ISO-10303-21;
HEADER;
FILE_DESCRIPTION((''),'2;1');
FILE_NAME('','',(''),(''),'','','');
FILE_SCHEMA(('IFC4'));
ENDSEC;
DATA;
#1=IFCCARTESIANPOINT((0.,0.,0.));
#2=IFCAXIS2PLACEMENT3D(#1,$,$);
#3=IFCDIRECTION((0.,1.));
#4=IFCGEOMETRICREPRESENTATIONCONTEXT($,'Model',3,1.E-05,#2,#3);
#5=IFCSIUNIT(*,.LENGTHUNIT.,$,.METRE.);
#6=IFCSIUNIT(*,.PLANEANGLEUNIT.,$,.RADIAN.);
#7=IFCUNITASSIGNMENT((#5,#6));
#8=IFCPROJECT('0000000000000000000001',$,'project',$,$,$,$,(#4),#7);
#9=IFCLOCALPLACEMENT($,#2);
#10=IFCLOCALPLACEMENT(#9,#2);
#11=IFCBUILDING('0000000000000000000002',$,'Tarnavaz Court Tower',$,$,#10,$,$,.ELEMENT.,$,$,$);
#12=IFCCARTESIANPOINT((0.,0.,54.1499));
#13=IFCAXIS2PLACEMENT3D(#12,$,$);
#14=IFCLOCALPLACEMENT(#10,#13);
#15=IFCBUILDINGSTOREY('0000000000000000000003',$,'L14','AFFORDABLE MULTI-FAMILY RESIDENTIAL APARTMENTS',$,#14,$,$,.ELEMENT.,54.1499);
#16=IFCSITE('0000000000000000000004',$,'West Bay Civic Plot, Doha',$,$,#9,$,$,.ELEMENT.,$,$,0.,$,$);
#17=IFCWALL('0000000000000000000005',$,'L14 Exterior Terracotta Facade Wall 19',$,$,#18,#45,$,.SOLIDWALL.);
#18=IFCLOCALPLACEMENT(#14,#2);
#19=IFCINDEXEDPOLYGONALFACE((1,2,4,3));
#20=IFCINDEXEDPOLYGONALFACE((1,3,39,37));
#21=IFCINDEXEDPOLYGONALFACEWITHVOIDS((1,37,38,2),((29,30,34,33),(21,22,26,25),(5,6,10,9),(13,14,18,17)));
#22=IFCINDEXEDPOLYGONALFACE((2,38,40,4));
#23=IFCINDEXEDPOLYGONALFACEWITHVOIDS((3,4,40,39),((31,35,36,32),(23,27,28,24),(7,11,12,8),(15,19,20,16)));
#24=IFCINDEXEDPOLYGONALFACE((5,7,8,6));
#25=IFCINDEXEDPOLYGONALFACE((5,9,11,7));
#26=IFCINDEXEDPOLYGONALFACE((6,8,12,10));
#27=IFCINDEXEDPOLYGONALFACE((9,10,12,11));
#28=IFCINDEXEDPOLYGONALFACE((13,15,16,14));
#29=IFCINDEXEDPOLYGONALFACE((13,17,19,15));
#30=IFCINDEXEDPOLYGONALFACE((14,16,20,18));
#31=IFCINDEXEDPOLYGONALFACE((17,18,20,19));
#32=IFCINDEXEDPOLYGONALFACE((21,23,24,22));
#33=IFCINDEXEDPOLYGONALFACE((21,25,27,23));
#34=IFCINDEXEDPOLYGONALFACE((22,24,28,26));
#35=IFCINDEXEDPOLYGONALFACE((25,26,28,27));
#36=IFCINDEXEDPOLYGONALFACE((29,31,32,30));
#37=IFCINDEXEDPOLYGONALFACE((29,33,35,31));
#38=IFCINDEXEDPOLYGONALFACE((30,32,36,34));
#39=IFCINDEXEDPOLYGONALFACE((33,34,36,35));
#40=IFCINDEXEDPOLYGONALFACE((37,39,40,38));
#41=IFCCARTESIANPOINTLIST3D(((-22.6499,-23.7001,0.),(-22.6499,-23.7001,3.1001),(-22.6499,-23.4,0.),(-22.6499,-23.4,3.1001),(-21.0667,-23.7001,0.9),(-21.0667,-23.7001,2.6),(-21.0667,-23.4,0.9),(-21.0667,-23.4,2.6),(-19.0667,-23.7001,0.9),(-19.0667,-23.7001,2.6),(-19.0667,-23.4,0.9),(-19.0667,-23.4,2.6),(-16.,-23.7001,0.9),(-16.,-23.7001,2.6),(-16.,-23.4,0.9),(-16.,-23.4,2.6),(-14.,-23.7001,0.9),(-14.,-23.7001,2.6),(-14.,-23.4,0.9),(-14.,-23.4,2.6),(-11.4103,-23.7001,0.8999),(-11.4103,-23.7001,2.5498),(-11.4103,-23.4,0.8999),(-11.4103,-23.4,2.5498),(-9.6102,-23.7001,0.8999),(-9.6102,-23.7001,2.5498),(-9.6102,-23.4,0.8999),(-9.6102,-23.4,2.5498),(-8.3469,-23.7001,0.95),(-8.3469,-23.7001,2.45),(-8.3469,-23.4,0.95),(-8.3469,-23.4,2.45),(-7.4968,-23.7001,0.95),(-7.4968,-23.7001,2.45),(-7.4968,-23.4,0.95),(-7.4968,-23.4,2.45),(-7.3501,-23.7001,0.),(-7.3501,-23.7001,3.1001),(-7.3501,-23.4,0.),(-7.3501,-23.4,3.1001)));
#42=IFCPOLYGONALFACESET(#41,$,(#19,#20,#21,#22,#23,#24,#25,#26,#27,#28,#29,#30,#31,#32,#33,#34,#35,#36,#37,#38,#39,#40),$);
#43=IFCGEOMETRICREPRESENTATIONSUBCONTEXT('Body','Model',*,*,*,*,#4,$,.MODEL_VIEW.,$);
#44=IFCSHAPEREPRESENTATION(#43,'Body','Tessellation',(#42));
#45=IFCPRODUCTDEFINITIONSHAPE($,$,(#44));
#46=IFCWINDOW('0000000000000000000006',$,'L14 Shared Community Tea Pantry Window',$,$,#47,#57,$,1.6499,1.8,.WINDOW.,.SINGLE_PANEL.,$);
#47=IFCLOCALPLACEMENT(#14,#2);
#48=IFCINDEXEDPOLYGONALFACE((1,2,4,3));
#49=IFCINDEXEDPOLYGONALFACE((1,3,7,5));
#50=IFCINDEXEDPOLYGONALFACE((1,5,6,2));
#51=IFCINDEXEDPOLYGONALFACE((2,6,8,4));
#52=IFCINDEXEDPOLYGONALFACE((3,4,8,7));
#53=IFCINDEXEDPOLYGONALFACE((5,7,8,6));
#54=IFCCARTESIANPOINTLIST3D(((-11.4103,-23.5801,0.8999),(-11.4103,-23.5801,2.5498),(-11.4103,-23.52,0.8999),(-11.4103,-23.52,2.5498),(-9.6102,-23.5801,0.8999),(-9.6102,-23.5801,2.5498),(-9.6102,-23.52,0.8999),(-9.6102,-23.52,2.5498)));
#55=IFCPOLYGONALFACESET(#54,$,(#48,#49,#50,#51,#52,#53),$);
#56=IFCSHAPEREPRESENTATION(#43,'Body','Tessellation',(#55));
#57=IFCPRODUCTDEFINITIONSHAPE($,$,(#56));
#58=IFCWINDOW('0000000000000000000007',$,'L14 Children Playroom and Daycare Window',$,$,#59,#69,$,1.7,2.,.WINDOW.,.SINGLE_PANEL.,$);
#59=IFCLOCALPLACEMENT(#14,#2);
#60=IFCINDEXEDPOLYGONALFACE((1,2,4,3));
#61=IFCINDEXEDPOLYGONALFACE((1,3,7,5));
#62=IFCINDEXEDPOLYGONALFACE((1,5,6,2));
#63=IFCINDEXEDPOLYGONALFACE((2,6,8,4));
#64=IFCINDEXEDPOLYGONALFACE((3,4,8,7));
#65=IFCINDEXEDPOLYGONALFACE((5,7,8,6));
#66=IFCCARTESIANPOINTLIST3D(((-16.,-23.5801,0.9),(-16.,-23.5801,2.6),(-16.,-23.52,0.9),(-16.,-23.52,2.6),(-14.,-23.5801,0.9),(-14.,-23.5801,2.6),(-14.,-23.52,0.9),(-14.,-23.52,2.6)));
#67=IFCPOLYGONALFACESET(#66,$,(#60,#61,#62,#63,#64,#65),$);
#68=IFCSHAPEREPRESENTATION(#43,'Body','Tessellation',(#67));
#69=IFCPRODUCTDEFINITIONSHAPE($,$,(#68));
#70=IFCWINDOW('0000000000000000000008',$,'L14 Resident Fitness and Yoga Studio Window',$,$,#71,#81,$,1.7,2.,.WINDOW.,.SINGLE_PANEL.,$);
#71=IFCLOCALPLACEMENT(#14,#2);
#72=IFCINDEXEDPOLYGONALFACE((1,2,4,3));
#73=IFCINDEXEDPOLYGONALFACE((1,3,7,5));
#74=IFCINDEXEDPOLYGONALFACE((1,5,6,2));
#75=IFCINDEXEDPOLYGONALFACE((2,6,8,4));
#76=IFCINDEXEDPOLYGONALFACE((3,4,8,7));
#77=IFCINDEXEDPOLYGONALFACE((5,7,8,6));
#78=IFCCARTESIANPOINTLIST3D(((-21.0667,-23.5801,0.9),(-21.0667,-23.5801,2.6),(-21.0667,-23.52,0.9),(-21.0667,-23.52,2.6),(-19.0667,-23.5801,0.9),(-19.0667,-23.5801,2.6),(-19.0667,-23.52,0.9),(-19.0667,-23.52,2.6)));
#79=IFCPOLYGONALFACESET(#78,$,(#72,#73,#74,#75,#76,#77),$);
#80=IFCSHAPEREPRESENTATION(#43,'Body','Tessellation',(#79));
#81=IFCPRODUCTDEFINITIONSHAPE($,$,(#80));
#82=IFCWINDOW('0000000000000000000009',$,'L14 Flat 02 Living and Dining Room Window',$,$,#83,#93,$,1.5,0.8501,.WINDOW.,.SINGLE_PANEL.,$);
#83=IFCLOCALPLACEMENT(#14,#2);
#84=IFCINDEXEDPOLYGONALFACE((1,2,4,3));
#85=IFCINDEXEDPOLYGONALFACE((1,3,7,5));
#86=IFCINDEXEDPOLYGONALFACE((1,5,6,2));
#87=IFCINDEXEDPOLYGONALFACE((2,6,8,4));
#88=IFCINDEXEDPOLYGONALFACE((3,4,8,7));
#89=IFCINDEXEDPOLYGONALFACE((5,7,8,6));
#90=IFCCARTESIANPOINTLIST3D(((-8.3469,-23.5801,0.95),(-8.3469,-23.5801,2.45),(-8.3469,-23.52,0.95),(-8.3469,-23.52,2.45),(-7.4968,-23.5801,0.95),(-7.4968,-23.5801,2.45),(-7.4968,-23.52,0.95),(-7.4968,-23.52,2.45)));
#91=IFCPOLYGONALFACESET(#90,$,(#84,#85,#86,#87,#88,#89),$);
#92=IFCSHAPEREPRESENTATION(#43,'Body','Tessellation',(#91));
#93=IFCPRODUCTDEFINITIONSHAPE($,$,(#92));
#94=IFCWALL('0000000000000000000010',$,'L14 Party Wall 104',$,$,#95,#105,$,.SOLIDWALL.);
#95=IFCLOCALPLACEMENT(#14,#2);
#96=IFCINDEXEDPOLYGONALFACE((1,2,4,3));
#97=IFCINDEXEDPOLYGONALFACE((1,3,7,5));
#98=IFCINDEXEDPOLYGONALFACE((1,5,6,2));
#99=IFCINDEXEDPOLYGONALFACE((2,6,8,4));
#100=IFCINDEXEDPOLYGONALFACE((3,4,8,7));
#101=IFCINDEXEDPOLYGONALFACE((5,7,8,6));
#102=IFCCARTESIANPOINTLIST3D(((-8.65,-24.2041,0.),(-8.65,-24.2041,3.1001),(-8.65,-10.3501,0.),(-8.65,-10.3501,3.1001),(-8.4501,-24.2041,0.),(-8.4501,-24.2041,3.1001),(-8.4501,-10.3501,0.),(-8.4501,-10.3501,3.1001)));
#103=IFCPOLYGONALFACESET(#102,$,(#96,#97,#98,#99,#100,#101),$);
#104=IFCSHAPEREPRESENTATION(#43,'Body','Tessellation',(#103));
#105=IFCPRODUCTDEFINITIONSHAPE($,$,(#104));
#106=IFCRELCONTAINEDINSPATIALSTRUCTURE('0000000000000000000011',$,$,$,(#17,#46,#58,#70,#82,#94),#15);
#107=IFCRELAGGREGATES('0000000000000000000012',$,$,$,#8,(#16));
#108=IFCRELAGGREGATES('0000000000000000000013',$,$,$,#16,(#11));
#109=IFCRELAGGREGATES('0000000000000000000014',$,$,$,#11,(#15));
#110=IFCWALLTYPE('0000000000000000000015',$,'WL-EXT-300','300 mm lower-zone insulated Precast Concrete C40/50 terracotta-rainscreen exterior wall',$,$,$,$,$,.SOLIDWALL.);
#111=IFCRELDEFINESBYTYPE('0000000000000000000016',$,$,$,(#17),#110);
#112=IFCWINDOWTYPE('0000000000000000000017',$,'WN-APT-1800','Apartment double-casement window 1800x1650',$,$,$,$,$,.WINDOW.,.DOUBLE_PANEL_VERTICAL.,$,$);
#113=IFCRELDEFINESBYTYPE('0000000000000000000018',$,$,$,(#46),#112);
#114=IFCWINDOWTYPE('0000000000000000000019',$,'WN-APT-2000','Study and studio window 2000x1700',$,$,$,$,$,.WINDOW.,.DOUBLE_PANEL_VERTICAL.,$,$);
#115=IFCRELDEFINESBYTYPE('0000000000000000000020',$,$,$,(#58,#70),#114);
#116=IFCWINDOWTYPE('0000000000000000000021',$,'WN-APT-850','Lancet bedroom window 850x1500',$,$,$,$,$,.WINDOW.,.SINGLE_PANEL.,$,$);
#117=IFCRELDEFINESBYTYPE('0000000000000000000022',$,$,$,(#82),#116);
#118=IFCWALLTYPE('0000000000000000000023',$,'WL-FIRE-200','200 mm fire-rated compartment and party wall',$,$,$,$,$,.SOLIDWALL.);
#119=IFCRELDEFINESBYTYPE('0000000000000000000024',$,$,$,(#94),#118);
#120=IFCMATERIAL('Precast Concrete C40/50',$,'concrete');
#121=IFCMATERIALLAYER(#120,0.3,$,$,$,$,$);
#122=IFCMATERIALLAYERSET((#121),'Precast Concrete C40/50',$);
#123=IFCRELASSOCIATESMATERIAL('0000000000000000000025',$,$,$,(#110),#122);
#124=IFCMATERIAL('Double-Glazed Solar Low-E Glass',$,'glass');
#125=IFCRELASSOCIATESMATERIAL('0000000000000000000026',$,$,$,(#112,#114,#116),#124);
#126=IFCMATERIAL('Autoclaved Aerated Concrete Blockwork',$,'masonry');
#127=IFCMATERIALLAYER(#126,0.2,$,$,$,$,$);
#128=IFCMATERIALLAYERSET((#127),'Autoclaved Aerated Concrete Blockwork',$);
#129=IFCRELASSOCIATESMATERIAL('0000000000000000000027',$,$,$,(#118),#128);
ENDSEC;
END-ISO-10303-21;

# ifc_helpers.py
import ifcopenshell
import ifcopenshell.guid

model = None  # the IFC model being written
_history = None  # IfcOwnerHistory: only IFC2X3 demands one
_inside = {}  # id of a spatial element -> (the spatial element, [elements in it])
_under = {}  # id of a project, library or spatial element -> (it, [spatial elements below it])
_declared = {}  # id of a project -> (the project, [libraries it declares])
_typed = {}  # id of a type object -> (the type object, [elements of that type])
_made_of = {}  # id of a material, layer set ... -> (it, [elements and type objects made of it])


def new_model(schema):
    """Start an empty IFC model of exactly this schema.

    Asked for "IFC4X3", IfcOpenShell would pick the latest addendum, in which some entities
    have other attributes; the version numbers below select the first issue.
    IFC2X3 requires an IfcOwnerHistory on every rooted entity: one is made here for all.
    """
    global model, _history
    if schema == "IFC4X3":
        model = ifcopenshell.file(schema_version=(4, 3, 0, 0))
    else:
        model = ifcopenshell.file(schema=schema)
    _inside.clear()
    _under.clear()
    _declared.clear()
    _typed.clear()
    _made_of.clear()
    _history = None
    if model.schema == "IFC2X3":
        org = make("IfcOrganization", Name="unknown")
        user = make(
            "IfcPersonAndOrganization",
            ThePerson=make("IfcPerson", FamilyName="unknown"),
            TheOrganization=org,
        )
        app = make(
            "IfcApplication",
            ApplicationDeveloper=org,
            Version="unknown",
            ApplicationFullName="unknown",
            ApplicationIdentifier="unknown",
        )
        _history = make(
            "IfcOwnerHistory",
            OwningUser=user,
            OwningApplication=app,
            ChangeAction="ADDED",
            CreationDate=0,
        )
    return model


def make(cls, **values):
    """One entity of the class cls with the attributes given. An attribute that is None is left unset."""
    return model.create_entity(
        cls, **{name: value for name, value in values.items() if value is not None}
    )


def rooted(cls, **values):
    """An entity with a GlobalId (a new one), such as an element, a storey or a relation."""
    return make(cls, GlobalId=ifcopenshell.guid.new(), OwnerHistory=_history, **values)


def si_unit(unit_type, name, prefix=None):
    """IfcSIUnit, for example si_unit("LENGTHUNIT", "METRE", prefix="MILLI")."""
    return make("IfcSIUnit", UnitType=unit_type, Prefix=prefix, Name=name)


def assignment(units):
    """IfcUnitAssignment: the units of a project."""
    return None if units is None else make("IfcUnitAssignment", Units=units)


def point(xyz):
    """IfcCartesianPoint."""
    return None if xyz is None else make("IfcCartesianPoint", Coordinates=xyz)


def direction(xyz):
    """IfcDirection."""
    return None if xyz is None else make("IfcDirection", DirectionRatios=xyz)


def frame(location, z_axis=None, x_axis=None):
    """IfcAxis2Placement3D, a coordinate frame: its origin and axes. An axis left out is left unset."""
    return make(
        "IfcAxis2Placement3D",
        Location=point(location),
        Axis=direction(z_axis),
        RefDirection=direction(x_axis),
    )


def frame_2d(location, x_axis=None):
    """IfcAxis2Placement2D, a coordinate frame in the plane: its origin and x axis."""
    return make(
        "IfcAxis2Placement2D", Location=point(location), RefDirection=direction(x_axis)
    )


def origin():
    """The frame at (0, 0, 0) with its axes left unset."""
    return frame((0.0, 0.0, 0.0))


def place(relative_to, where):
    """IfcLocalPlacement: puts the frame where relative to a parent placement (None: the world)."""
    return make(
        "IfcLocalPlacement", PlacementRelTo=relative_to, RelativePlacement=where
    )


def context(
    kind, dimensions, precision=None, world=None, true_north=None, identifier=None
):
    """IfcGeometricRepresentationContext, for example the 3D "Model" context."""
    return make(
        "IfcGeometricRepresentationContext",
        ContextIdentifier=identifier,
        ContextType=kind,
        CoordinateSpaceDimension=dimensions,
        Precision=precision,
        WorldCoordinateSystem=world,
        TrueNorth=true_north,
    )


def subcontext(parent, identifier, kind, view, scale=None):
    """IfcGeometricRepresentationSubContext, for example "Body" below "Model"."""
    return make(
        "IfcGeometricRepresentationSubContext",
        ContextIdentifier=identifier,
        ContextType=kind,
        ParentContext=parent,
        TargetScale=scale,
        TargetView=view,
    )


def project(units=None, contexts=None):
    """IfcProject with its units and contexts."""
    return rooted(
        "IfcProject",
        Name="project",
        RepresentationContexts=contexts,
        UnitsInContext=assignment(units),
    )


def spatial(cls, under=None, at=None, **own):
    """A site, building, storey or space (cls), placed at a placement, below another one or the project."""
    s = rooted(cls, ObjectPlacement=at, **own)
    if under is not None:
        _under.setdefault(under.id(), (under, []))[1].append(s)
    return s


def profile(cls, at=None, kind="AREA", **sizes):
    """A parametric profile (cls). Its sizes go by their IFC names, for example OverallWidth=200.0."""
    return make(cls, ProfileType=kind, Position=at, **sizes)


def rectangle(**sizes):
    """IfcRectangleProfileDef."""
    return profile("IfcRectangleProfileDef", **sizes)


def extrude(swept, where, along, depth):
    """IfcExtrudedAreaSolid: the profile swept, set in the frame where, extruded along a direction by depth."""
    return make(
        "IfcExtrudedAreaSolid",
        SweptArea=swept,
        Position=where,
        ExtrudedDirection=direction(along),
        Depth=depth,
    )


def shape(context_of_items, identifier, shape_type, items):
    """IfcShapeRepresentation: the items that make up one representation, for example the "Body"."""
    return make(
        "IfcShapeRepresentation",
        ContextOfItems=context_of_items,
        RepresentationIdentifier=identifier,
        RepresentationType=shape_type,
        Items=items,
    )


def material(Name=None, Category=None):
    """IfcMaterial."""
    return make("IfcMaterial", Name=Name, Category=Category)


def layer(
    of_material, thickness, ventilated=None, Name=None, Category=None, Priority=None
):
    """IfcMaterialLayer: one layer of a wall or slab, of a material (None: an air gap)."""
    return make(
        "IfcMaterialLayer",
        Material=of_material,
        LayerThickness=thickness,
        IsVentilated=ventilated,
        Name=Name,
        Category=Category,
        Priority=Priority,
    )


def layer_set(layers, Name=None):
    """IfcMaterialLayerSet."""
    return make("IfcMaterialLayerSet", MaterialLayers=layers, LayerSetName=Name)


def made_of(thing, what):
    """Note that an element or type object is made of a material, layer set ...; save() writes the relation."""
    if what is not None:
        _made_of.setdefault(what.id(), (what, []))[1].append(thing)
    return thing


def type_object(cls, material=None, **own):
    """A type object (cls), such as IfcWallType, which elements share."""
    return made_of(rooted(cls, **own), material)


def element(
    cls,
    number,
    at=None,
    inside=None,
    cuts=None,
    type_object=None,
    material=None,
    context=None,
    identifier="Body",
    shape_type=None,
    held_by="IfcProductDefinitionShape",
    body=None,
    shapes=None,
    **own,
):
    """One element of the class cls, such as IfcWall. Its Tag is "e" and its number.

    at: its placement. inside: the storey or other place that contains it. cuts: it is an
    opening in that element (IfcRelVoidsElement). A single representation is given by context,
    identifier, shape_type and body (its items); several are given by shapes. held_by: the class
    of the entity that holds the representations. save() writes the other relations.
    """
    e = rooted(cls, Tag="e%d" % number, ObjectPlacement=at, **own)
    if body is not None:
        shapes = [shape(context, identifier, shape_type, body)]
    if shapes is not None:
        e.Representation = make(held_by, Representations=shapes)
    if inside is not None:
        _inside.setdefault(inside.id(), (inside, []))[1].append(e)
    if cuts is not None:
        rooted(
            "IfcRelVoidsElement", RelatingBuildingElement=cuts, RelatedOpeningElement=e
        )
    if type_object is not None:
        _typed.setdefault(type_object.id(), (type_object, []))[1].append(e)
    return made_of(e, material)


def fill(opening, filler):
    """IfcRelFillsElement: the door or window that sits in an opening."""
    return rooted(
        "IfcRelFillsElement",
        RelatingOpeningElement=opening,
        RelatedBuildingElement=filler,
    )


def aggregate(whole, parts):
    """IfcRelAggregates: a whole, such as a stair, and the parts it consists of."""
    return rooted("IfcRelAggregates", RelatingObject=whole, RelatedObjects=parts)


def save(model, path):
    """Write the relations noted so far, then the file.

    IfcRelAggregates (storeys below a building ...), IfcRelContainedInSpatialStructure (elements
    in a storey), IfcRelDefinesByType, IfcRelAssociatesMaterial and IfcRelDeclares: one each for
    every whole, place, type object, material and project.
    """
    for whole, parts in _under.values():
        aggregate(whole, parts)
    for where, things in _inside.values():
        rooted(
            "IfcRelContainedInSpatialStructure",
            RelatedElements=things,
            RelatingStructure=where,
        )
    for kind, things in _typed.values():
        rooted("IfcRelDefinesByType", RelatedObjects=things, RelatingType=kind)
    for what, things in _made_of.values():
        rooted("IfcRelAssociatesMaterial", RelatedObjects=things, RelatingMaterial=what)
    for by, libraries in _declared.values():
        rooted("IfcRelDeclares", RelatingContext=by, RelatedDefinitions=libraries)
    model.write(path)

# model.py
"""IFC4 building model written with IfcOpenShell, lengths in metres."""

from ifc_helpers import new_model, si_unit, direction, frame, frame_2d, origin, place, context, subcontext, project, spatial, rectangle, extrude, material, layer, layer_set, type_object, element, fill, save


model = new_model("IFC4")

# Units and contexts
model_context = context("Model", 3, precision=1e-05, world=origin(), true_north=direction((0.0, 1.0)))
body_context = subcontext(model_context, "Body", "Model", "MODEL_VIEW")
ifc_project = project(units=[si_unit("LENGTHUNIT", "METRE"), si_unit("PLANEANGLEUNIT", "RADIAN")], contexts=[model_context])

# Site, building, storey
site_placement = place(None, origin())
site = spatial("IfcSite", under=ifc_project, at=site_placement, Name="West Bay Civic Plot, Doha", CompositionType="ELEMENT", RefElevation=0.0)
building_placement = place(site_placement, origin())
building = spatial("IfcBuilding", under=site, at=building_placement, Name="Tarnavaz Court Tower", CompositionType="ELEMENT")
storey_placement = place(building_placement, frame((0.0, 0.0, 54.1499)))
storey = spatial("IfcBuildingStorey", under=building, at=storey_placement, Name="L14", Description="AFFORDABLE MULTI-FAMILY RESIDENTIAL APARTMENTS", CompositionType="ELEMENT", Elevation=54.1499)

# Shared definitions
ifc_material_1 = material(Name="Double-Glazed Solar Low-E Glass", Category="glass")

# Shared definitions
ifc_material_2 = material(Name="Precast Concrete C40/50", Category="concrete")
ifc_layer_1 = layer(ifc_material_2, 0.3)
ifc_layer_set_1 = layer_set([ifc_layer_1], Name="Precast Concrete C40/50")
wall_type_1 = type_object("IfcWallType", Name="WL-EXT-300", Description="300 mm lower-zone insulated Precast Concrete C40/50 terracotta-rainscreen exterior wall", PredefinedType="SOLIDWALL", material=ifc_layer_set_1)

# Wall, openings, windows
wall_1_placement = place(storey_placement, frame((-7.3501, -23.55, 0.0), z_axis=(0.0, 0.0, 1.0), x_axis=(-1.0, 0.0, 0.0)))
wall_1 = element("IfcWall", 1, at=wall_1_placement, inside=storey, type_object=wall_type_1, Name="L14 Exterior Terracotta Facade Wall 19", PredefinedType="SOLIDWALL", context=body_context, shape_type="SweptSolid", body=[
    extrude(rectangle(XDim=15.2998, YDim=0.3, at=frame_2d((7.6499, 0.0))), origin(), (0.0, 0.0, 1.0), 3.1001),
])
opening_1_placement = place(wall_1_placement, frame((0.1467, 0.0, 0.95)))
opening_1 = element("IfcOpeningElement", 2, at=opening_1_placement, cuts=wall_1, PredefinedType="OPENING", context=body_context, shape_type="SweptSolid", body=[
    extrude(rectangle(XDim=0.8501, YDim=1.5, at=frame_2d((0.425, 0.75))), frame((0.0, 0.1599, 0.0), z_axis=(0.0, -1.0, 0.0), x_axis=(1.0, 0.0, 0.0)), (0.0, 0.0, 1.0), 0.3201),
])
opening_2_placement = place(wall_1_placement, frame((2.2603, 0.0, 0.8999)))
opening_2 = element("IfcOpeningElement", 3, at=opening_2_placement, cuts=wall_1, PredefinedType="OPENING", context=body_context, shape_type="SweptSolid", body=[
    extrude(rectangle(XDim=1.8, YDim=1.6499, at=frame_2d((0.8999, 0.825))), frame((0.0, 0.1599, 0.0), z_axis=(0.0, -1.0, 0.0), x_axis=(1.0, 0.0, 0.0)), (0.0, 0.0, 1.0), 0.3201),
])
opening_3_placement = place(wall_1_placement, frame((6.6499, 0.0, 0.8999)))
opening_3 = element("IfcOpeningElement", 4, at=opening_3_placement, cuts=wall_1, PredefinedType="OPENING", context=body_context, shape_type="SweptSolid", body=[
    extrude(rectangle(XDim=2.0, YDim=1.7, at=frame_2d((1.0, 0.8501))), frame((0.0, 0.1599, 0.0), z_axis=(0.0, -1.0, 0.0), x_axis=(1.0, 0.0, 0.0)), (0.0, 0.0, 1.0), 0.3201),
])
opening_4_placement = place(wall_1_placement, frame((11.7166, 0.0, 0.8999)))
opening_4 = element("IfcOpeningElement", 5, at=opening_4_placement, cuts=wall_1, PredefinedType="OPENING", context=body_context, shape_type="SweptSolid", body=[
    extrude(rectangle(XDim=2.0, YDim=1.7, at=frame_2d((1.0, 0.8501))), frame((0.0, 0.1599, 0.0), z_axis=(0.0, -1.0, 0.0), x_axis=(1.0, 0.0, 0.0)), (0.0, 0.0, 1.0), 0.3201),
])
window_type_1 = type_object("IfcWindowType", Name="WN-APT-1800", Description="Apartment double-casement window 1800x1650", PartitioningType="DOUBLE_PANEL_VERTICAL", PredefinedType="WINDOW", material=ifc_material_1)
window_1_placement = place(opening_2_placement, origin())
window_1 = element("IfcWindow", 6, at=window_1_placement, inside=storey, type_object=window_type_1, Name="L14 Shared Community Tea Pantry Window", OverallHeight=1.6499, OverallWidth=1.8, PartitioningType="SINGLE_PANEL", PredefinedType="WINDOW", context=body_context, shape_type="SweptSolid", body=[
    extrude(rectangle(XDim=1.8, YDim=1.6499, at=frame_2d((0.8999, 0.825))), frame((0.0, 0.03, 0.0), z_axis=(0.0, -1.0, 0.0), x_axis=(1.0, 0.0, 0.0)), (0.0, 0.0, 1.0), 0.0601),
])
fill(opening_2, window_1)
window_type_2 = type_object("IfcWindowType", Name="WN-APT-2000", Description="Study and studio window 2000x1700", PartitioningType="DOUBLE_PANEL_VERTICAL", PredefinedType="WINDOW", material=ifc_material_1)
window_2_placement = place(opening_3_placement, origin())
window_2 = element("IfcWindow", 7, at=window_2_placement, inside=storey, type_object=window_type_2, Name="L14 Children Playroom and Daycare Window", OverallHeight=1.7, OverallWidth=2.0, PartitioningType="SINGLE_PANEL", PredefinedType="WINDOW", context=body_context, shape_type="SweptSolid", body=[
    extrude(rectangle(XDim=2.0, YDim=1.7, at=frame_2d((1.0, 0.8501))), frame((0.0, 0.03, 0.0), z_axis=(0.0, -1.0, 0.0), x_axis=(1.0, 0.0, 0.0)), (0.0, 0.0, 1.0), 0.0601),
])
fill(opening_3, window_2)
window_3_placement = place(opening_4_placement, origin())
window_3 = element("IfcWindow", 8, at=window_3_placement, inside=storey, type_object=window_type_2, Name="L14 Resident Fitness and Yoga Studio Window", OverallHeight=1.7, OverallWidth=2.0, PartitioningType="SINGLE_PANEL", PredefinedType="WINDOW", context=body_context, shape_type="SweptSolid", body=[
    extrude(rectangle(XDim=2.0, YDim=1.7, at=frame_2d((1.0, 0.8501))), frame((0.0, 0.03, 0.0), z_axis=(0.0, -1.0, 0.0), x_axis=(1.0, 0.0, 0.0)), (0.0, 0.0, 1.0), 0.0601),
])
fill(opening_4, window_3)
window_type_3 = type_object("IfcWindowType", Name="WN-APT-850", Description="Lancet bedroom window 850x1500", PartitioningType="SINGLE_PANEL", PredefinedType="WINDOW", material=ifc_material_1)
window_4_placement = place(opening_1_placement, origin())
window_4 = element("IfcWindow", 9, at=window_4_placement, inside=storey, type_object=window_type_3, Name="L14 Flat 02 Living and Dining Room Window", OverallHeight=1.5, OverallWidth=0.8501, PartitioningType="SINGLE_PANEL", PredefinedType="WINDOW", context=body_context, shape_type="SweptSolid", body=[
    extrude(rectangle(XDim=0.8501, YDim=1.5, at=frame_2d((0.425, 0.75))), frame((0.0, 0.03, 0.0), z_axis=(0.0, -1.0, 0.0), x_axis=(1.0, 0.0, 0.0)), (0.0, 0.0, 1.0), 0.0601),
])
fill(opening_1, window_4)

# Wall
ifc_material_3 = material(Name="Autoclaved Aerated Concrete Blockwork", Category="masonry")
ifc_layer_2 = layer(ifc_material_3, 0.2)
ifc_layer_set_2 = layer_set([ifc_layer_2], Name="Autoclaved Aerated Concrete Blockwork")
wall_type_2 = type_object("IfcWallType", Name="WL-FIRE-200", Description="200 mm fire-rated compartment and party wall", PredefinedType="SOLIDWALL", material=ifc_layer_set_2)
wall_2_placement = place(storey_placement, frame((-8.55, -24.2041, 0.0), z_axis=(0.0, 0.0, 1.0), x_axis=(0.0, 1.0, 0.0)))
element("IfcWall", 10, at=wall_2_placement, inside=storey, type_object=wall_type_2, Name="L14 Party Wall 104", PredefinedType="SOLIDWALL", context=body_context, shape_type="SweptSolid", body=[
    extrude(rectangle(XDim=13.854, YDim=0.2, at=frame_2d((6.927, 0.0))), origin(), (0.0, 0.0, 1.0), 3.1001),
])

save(model, "model.ifc")
